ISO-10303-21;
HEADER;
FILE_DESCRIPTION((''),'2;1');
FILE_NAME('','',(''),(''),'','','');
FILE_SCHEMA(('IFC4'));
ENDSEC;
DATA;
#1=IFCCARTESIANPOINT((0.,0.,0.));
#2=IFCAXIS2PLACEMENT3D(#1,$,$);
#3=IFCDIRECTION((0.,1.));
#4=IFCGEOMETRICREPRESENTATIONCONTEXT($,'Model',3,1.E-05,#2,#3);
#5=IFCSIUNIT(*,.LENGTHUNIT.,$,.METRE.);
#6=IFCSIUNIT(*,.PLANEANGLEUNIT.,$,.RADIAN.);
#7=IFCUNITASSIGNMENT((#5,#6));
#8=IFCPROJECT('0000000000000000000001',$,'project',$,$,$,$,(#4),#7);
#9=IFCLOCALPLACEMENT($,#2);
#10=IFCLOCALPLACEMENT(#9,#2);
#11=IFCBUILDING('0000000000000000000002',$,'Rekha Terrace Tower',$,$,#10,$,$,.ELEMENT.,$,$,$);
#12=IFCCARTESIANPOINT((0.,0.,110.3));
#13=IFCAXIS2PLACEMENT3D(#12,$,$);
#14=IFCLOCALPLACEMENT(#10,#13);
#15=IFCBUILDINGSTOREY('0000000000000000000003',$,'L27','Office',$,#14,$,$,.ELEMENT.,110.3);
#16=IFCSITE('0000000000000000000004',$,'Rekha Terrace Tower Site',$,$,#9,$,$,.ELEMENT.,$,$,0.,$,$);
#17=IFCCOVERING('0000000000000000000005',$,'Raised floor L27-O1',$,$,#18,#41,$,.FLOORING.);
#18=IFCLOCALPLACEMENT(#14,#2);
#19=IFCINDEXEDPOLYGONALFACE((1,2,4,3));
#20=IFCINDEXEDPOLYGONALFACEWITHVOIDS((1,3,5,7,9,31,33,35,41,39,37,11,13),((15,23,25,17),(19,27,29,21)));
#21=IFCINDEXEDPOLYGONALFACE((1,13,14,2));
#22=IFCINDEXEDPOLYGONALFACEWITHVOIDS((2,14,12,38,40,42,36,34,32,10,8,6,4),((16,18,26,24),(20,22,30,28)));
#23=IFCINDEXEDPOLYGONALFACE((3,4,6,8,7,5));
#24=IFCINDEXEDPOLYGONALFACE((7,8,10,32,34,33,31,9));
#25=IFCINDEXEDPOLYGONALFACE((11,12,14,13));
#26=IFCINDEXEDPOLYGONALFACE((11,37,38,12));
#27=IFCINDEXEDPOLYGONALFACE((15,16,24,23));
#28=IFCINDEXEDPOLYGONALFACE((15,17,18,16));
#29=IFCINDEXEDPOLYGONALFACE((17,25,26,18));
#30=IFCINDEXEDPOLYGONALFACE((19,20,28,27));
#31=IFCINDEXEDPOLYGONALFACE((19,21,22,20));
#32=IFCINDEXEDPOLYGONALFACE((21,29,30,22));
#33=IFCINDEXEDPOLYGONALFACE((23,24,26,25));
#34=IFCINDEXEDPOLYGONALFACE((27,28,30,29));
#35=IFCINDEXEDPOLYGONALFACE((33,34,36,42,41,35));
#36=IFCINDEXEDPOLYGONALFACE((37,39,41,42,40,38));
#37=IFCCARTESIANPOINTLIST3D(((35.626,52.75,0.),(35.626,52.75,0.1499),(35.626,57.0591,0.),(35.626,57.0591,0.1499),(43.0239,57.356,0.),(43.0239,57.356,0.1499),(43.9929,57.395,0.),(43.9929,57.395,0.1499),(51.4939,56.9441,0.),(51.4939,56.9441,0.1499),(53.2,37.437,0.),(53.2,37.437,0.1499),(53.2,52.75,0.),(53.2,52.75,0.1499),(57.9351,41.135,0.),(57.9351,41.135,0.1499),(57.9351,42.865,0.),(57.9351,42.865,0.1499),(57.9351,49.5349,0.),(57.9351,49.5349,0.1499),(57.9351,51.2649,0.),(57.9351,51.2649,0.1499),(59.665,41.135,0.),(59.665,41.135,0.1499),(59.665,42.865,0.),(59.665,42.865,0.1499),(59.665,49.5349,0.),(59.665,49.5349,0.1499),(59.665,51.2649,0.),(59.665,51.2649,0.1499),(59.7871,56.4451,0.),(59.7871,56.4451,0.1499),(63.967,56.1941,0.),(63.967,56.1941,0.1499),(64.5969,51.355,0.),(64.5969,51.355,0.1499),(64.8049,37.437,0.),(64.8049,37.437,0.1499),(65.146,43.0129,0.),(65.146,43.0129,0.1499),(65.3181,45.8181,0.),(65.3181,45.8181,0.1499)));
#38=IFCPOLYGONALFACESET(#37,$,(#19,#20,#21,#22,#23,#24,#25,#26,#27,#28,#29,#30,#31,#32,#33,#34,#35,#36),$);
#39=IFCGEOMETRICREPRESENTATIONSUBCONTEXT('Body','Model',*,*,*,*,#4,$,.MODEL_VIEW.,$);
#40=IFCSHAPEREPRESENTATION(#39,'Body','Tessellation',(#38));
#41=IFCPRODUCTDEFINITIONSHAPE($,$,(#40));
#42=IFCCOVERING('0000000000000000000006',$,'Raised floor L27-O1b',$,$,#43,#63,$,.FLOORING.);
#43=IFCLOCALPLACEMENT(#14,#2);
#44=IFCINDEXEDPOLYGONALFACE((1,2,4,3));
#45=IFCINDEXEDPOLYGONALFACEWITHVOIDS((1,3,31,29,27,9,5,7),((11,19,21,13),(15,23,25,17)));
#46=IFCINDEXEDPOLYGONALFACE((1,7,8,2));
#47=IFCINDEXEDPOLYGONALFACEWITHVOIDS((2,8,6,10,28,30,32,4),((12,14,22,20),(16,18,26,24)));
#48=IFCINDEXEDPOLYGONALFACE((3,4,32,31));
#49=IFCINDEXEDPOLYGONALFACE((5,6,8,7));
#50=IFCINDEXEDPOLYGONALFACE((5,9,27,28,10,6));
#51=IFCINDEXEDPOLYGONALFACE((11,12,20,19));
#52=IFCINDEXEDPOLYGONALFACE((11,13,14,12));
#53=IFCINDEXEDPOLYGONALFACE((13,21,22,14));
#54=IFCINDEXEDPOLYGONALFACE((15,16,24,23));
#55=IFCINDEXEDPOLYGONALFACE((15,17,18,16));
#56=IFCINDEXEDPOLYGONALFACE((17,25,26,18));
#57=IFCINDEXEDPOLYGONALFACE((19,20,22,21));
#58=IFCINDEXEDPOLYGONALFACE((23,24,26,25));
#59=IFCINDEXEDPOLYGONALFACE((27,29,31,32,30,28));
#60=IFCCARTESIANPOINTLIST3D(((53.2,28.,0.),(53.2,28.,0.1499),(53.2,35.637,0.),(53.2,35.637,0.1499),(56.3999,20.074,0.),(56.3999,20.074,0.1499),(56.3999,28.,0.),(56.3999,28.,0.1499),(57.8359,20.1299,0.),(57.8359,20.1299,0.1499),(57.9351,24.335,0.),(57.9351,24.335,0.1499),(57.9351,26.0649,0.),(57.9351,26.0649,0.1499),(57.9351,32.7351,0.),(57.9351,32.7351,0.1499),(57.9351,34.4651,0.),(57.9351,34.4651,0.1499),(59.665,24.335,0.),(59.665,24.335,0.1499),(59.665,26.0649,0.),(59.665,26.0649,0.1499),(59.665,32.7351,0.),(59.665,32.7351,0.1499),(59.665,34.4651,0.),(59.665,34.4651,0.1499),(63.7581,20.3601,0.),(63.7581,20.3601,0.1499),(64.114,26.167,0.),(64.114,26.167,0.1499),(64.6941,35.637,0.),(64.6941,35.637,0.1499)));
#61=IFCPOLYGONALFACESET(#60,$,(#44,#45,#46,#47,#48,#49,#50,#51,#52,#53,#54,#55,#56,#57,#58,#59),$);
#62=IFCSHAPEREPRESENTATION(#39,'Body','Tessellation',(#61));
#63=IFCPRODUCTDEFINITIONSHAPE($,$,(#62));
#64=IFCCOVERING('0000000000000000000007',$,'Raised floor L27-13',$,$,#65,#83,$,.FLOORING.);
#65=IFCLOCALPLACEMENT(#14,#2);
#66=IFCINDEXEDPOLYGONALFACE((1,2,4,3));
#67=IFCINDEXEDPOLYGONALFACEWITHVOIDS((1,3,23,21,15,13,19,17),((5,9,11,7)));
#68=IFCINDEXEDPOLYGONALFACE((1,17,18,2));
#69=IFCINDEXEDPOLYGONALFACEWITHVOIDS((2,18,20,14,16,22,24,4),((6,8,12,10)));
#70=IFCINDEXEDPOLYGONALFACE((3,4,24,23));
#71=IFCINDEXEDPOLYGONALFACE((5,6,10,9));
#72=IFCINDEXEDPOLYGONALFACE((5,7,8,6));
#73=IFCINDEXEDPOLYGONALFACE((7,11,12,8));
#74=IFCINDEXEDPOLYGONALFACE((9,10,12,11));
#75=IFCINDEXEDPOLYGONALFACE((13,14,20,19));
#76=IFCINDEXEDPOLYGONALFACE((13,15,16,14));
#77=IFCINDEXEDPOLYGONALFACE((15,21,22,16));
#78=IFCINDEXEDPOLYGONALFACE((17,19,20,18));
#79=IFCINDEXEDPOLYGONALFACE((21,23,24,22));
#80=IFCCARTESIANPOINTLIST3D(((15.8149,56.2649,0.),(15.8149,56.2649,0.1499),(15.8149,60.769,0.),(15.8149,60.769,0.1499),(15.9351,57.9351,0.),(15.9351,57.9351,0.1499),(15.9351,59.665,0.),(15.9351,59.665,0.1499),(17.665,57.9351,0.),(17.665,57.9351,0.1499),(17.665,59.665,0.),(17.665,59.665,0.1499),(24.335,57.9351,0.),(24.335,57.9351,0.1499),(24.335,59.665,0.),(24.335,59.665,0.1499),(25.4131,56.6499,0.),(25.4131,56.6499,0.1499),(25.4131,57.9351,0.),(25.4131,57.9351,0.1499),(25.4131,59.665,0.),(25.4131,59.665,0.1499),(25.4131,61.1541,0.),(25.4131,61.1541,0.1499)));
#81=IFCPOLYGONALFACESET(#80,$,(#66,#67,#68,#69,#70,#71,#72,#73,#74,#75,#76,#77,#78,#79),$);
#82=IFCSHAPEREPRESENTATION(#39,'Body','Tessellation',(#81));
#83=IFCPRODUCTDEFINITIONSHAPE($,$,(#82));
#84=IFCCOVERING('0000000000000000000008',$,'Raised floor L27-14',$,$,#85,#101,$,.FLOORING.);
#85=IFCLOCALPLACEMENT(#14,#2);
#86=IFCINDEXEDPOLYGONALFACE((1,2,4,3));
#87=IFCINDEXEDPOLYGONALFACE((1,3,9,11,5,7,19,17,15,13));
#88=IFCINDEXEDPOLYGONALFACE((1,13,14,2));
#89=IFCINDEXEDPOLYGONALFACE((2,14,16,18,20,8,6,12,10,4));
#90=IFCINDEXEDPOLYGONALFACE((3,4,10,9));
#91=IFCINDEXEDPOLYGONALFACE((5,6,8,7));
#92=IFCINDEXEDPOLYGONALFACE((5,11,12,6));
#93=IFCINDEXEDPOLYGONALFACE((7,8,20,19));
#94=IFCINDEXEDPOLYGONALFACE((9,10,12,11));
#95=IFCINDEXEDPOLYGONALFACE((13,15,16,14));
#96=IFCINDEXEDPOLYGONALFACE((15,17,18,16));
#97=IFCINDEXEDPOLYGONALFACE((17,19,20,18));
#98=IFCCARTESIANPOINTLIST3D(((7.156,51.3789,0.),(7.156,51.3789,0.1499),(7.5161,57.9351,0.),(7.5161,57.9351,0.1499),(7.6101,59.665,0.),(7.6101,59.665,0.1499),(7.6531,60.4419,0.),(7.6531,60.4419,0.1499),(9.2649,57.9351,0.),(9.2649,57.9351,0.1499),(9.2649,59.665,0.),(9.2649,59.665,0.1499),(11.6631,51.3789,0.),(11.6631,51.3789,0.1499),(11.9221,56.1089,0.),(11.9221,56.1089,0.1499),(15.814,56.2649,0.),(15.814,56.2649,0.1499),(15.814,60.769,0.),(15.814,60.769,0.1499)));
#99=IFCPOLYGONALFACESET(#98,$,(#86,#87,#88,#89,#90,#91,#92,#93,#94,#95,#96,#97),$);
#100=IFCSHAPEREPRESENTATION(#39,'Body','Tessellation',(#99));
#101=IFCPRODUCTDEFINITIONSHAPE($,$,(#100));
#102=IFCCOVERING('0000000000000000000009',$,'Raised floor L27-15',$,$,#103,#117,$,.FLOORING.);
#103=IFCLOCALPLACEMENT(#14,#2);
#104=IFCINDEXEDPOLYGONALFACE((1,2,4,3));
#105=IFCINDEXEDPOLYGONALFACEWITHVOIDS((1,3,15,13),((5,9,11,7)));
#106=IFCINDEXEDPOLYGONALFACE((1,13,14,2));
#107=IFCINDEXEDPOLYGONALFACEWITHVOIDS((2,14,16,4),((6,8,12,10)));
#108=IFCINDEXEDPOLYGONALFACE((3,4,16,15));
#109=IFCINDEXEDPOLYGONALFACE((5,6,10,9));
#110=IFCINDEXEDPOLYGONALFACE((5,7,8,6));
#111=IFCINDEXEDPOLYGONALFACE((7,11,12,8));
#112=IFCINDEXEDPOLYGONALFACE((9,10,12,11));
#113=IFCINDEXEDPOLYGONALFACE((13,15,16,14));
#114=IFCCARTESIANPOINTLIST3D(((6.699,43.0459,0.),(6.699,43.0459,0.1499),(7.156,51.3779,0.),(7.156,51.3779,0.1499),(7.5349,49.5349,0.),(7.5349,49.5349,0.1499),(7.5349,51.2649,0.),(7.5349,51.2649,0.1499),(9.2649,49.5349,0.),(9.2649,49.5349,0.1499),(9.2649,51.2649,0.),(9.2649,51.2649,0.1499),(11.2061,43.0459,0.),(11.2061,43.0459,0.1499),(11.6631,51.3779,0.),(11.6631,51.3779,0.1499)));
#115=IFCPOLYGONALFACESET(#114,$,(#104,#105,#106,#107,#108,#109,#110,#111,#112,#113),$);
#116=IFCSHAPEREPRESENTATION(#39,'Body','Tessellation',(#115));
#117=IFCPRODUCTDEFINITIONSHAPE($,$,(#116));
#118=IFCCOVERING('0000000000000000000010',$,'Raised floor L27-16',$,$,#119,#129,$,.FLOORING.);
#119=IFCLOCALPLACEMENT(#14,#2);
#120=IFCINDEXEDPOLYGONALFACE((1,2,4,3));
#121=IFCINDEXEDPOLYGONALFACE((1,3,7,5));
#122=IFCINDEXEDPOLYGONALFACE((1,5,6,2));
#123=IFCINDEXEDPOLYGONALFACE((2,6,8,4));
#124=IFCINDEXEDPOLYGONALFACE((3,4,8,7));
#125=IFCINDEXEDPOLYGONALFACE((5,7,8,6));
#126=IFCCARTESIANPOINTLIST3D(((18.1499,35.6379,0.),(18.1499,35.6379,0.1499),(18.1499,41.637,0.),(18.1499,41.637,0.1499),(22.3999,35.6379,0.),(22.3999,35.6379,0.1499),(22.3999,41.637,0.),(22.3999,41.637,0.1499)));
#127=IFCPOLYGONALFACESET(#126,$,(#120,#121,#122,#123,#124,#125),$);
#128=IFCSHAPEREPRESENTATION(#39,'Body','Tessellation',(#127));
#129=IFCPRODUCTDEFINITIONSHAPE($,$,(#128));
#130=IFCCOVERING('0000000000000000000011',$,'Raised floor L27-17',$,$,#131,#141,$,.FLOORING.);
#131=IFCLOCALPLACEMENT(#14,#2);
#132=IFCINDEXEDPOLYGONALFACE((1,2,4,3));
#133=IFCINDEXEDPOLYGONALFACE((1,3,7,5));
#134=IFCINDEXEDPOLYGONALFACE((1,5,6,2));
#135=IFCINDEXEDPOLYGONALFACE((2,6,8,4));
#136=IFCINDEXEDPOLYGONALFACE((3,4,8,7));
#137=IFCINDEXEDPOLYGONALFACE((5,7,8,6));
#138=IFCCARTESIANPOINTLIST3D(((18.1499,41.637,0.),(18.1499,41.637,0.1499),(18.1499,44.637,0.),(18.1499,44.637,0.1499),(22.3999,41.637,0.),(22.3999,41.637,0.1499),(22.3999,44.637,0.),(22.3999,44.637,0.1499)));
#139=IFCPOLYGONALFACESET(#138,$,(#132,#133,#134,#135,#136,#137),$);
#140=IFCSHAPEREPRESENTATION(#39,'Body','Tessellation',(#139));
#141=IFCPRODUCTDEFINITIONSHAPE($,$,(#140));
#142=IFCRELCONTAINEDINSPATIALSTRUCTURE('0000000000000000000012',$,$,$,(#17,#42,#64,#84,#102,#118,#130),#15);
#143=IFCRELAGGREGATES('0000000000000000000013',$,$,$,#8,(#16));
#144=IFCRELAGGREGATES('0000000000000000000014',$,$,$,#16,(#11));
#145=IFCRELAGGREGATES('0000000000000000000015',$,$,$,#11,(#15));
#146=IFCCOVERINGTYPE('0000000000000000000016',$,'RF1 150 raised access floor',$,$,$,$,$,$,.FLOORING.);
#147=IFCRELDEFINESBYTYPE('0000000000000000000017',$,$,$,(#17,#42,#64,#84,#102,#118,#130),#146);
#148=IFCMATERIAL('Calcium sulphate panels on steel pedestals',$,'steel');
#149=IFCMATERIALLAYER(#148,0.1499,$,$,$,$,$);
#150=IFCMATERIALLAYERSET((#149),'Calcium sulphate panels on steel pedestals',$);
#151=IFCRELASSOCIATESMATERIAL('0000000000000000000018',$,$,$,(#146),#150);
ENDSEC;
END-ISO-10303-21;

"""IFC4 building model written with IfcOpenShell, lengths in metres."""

from ifc_helpers import new_model, si_unit, direction, frame, origin, place, context, subcontext, project, spatial, polyline, outline, extrude, material, layer, layer_set, type_object, element, save


model = new_model("IFC4")

# Units and contexts
model_context = context("Model", 3, precision=1e-05, world=origin(), true_north=direction((0.0, 1.0)))
body_context = subcontext(model_context, "Body", "Model", "MODEL_VIEW")
ifc_project = project(units=[si_unit("LENGTHUNIT", "METRE"), si_unit("PLANEANGLEUNIT", "RADIAN")], contexts=[model_context])

# Site, building, storey
site_placement = place(None, origin())
site = spatial("IfcSite", under=ifc_project, at=site_placement, Name="Rekha Terrace Tower Site", CompositionType="ELEMENT", RefElevation=0.0)
building_placement = place(site_placement, origin())
building = spatial("IfcBuilding", under=site, at=building_placement, Name="Rekha Terrace Tower", CompositionType="ELEMENT")
storey_placement = place(building_placement, frame((0.0, 0.0, 110.3)))
storey = spatial("IfcBuildingStorey", under=building, at=storey_placement, Name="L27", Description="Office", CompositionType="ELEMENT", Elevation=110.3)

# Coverings
ifc_material_1 = material(Name="Calcium sulphate panels on steel pedestals", Category="steel")
ifc_layer_1 = layer(ifc_material_1, 0.1499)
ifc_layer_set_1 = layer_set([ifc_layer_1], Name="Calcium sulphate panels on steel pedestals")
covering_type_1 = type_object("IfcCoveringType", Name="RF1 150 raised access floor", PredefinedType="FLOORING", material=ifc_layer_set_1)
covering_1_placement = place(storey_placement, origin())
element("IfcCovering", 1, at=covering_1_placement, inside=storey, type_object=covering_type_1, Name="Raised floor L27-O1", PredefinedType="FLOORING", context=body_context, shape_type="SweptSolid", body=[
    extrude(outline(polyline([(43.9929, 57.395), (43.0239, 57.356), (35.626, 57.0591), (35.626, 52.75), (53.2, 52.75), (53.2, 37.437), (64.8049, 37.437), (65.146, 43.0129), (65.3181, 45.8181), (64.5969, 51.355), (63.967, 56.1941), (59.7871, 56.4451), (51.4939, 56.9441), (43.9929, 57.395)]), holes=[polyline([(59.665, 41.135), (57.9351, 41.135), (57.9351, 42.865), (59.665, 42.865), (59.665, 41.135)]), polyline([(59.665, 49.5349), (57.9351, 49.5349), (57.9351, 51.2649), (59.665, 51.2649), (59.665, 49.5349)])]), origin(), (0.0, 0.0, 1.0), 0.1499),
])
covering_2_placement = place(storey_placement, origin())
element("IfcCovering", 2, at=covering_2_placement, inside=storey, type_object=covering_type_1, Name="Raised floor L27-O1b", PredefinedType="FLOORING", context=body_context, shape_type="SweptSolid", body=[
    extrude(outline(polyline([(56.3999, 20.074), (57.8359, 20.1299), (63.7581, 20.3601), (64.114, 26.167), (64.6941, 35.637), (53.2, 35.637), (53.2, 28.0), (56.3999, 28.0), (56.3999, 20.074)]), holes=[polyline([(59.665, 26.0649), (59.665, 24.335), (57.9351, 24.335), (57.9351, 26.0649), (59.665, 26.0649)]), polyline([(59.665, 32.7351), (57.9351, 32.7351), (57.9351, 34.4651), (59.665, 34.4651), (59.665, 32.7351)])]), origin(), (0.0, 0.0, 1.0), 0.1499),
])
covering_3_placement = place(storey_placement, origin())
element("IfcCovering", 3, at=covering_3_placement, inside=storey, type_object=covering_type_1, Name="Raised floor L27-13", PredefinedType="FLOORING", context=body_context, shape_type="SweptSolid", body=[
    extrude(outline(polyline([(25.4131, 61.1541), (15.8149, 60.769), (15.8149, 56.2649), (25.4131, 56.6499), (25.4131, 57.9351), (24.335, 57.9351), (24.335, 59.665), (25.4131, 59.665), (25.4131, 61.1541)]), holes=[polyline([(17.665, 57.9351), (15.9351, 57.9351), (15.9351, 59.665), (17.665, 59.665), (17.665, 57.9351)])]), origin(), (0.0, 0.0, 1.0), 0.1499),
])
covering_4_placement = place(storey_placement, origin())
element("IfcCovering", 4, at=covering_4_placement, inside=storey, type_object=covering_type_1, Name="Raised floor L27-14", PredefinedType="FLOORING", context=body_context, shape_type="SweptSolid", body=[
    extrude(outline(polyline([(7.5161, 57.9351), (7.156, 51.3789), (11.6631, 51.3789), (11.9221, 56.1089), (15.814, 56.2649), (15.814, 60.769), (7.6531, 60.4419), (7.6101, 59.665), (9.2649, 59.665), (9.2649, 57.9351), (7.5161, 57.9351)])), origin(), (0.0, 0.0, 1.0), 0.1499),
])
covering_5_placement = place(storey_placement, origin())
element("IfcCovering", 5, at=covering_5_placement, inside=storey, type_object=covering_type_1, Name="Raised floor L27-15", PredefinedType="FLOORING", context=body_context, shape_type="SweptSolid", body=[
    extrude(outline(polyline([(11.6631, 51.3779), (7.156, 51.3779), (6.699, 43.0459), (11.2061, 43.0459), (11.6631, 51.3779)]), holes=[polyline([(9.2649, 51.2649), (9.2649, 49.5349), (7.5349, 49.5349), (7.5349, 51.2649), (9.2649, 51.2649)])]), origin(), (0.0, 0.0, 1.0), 0.1499),
])
covering_6_placement = place(storey_placement, origin())
element("IfcCovering", 6, at=covering_6_placement, inside=storey, type_object=covering_type_1, Name="Raised floor L27-16", PredefinedType="FLOORING", context=body_context, shape_type="SweptSolid", body=[
    extrude(outline(polyline([(22.3999, 41.637), (18.1499, 41.637), (18.1499, 35.6379), (22.3999, 35.6379), (22.3999, 41.637)])), origin(), (0.0, 0.0, 1.0), 0.1499),
])
covering_7_placement = place(storey_placement, origin())
element("IfcCovering", 7, at=covering_7_placement, inside=storey, type_object=covering_type_1, Name="Raised floor L27-17", PredefinedType="FLOORING", context=body_context, shape_type="SweptSolid", body=[
    extrude(outline(polyline([(22.3999, 44.637), (18.1499, 44.637), (18.1499, 41.637), (22.3999, 41.637), (22.3999, 44.637)])), origin(), (0.0, 0.0, 1.0), 0.1499),
])

save(model, "model.ifc")
